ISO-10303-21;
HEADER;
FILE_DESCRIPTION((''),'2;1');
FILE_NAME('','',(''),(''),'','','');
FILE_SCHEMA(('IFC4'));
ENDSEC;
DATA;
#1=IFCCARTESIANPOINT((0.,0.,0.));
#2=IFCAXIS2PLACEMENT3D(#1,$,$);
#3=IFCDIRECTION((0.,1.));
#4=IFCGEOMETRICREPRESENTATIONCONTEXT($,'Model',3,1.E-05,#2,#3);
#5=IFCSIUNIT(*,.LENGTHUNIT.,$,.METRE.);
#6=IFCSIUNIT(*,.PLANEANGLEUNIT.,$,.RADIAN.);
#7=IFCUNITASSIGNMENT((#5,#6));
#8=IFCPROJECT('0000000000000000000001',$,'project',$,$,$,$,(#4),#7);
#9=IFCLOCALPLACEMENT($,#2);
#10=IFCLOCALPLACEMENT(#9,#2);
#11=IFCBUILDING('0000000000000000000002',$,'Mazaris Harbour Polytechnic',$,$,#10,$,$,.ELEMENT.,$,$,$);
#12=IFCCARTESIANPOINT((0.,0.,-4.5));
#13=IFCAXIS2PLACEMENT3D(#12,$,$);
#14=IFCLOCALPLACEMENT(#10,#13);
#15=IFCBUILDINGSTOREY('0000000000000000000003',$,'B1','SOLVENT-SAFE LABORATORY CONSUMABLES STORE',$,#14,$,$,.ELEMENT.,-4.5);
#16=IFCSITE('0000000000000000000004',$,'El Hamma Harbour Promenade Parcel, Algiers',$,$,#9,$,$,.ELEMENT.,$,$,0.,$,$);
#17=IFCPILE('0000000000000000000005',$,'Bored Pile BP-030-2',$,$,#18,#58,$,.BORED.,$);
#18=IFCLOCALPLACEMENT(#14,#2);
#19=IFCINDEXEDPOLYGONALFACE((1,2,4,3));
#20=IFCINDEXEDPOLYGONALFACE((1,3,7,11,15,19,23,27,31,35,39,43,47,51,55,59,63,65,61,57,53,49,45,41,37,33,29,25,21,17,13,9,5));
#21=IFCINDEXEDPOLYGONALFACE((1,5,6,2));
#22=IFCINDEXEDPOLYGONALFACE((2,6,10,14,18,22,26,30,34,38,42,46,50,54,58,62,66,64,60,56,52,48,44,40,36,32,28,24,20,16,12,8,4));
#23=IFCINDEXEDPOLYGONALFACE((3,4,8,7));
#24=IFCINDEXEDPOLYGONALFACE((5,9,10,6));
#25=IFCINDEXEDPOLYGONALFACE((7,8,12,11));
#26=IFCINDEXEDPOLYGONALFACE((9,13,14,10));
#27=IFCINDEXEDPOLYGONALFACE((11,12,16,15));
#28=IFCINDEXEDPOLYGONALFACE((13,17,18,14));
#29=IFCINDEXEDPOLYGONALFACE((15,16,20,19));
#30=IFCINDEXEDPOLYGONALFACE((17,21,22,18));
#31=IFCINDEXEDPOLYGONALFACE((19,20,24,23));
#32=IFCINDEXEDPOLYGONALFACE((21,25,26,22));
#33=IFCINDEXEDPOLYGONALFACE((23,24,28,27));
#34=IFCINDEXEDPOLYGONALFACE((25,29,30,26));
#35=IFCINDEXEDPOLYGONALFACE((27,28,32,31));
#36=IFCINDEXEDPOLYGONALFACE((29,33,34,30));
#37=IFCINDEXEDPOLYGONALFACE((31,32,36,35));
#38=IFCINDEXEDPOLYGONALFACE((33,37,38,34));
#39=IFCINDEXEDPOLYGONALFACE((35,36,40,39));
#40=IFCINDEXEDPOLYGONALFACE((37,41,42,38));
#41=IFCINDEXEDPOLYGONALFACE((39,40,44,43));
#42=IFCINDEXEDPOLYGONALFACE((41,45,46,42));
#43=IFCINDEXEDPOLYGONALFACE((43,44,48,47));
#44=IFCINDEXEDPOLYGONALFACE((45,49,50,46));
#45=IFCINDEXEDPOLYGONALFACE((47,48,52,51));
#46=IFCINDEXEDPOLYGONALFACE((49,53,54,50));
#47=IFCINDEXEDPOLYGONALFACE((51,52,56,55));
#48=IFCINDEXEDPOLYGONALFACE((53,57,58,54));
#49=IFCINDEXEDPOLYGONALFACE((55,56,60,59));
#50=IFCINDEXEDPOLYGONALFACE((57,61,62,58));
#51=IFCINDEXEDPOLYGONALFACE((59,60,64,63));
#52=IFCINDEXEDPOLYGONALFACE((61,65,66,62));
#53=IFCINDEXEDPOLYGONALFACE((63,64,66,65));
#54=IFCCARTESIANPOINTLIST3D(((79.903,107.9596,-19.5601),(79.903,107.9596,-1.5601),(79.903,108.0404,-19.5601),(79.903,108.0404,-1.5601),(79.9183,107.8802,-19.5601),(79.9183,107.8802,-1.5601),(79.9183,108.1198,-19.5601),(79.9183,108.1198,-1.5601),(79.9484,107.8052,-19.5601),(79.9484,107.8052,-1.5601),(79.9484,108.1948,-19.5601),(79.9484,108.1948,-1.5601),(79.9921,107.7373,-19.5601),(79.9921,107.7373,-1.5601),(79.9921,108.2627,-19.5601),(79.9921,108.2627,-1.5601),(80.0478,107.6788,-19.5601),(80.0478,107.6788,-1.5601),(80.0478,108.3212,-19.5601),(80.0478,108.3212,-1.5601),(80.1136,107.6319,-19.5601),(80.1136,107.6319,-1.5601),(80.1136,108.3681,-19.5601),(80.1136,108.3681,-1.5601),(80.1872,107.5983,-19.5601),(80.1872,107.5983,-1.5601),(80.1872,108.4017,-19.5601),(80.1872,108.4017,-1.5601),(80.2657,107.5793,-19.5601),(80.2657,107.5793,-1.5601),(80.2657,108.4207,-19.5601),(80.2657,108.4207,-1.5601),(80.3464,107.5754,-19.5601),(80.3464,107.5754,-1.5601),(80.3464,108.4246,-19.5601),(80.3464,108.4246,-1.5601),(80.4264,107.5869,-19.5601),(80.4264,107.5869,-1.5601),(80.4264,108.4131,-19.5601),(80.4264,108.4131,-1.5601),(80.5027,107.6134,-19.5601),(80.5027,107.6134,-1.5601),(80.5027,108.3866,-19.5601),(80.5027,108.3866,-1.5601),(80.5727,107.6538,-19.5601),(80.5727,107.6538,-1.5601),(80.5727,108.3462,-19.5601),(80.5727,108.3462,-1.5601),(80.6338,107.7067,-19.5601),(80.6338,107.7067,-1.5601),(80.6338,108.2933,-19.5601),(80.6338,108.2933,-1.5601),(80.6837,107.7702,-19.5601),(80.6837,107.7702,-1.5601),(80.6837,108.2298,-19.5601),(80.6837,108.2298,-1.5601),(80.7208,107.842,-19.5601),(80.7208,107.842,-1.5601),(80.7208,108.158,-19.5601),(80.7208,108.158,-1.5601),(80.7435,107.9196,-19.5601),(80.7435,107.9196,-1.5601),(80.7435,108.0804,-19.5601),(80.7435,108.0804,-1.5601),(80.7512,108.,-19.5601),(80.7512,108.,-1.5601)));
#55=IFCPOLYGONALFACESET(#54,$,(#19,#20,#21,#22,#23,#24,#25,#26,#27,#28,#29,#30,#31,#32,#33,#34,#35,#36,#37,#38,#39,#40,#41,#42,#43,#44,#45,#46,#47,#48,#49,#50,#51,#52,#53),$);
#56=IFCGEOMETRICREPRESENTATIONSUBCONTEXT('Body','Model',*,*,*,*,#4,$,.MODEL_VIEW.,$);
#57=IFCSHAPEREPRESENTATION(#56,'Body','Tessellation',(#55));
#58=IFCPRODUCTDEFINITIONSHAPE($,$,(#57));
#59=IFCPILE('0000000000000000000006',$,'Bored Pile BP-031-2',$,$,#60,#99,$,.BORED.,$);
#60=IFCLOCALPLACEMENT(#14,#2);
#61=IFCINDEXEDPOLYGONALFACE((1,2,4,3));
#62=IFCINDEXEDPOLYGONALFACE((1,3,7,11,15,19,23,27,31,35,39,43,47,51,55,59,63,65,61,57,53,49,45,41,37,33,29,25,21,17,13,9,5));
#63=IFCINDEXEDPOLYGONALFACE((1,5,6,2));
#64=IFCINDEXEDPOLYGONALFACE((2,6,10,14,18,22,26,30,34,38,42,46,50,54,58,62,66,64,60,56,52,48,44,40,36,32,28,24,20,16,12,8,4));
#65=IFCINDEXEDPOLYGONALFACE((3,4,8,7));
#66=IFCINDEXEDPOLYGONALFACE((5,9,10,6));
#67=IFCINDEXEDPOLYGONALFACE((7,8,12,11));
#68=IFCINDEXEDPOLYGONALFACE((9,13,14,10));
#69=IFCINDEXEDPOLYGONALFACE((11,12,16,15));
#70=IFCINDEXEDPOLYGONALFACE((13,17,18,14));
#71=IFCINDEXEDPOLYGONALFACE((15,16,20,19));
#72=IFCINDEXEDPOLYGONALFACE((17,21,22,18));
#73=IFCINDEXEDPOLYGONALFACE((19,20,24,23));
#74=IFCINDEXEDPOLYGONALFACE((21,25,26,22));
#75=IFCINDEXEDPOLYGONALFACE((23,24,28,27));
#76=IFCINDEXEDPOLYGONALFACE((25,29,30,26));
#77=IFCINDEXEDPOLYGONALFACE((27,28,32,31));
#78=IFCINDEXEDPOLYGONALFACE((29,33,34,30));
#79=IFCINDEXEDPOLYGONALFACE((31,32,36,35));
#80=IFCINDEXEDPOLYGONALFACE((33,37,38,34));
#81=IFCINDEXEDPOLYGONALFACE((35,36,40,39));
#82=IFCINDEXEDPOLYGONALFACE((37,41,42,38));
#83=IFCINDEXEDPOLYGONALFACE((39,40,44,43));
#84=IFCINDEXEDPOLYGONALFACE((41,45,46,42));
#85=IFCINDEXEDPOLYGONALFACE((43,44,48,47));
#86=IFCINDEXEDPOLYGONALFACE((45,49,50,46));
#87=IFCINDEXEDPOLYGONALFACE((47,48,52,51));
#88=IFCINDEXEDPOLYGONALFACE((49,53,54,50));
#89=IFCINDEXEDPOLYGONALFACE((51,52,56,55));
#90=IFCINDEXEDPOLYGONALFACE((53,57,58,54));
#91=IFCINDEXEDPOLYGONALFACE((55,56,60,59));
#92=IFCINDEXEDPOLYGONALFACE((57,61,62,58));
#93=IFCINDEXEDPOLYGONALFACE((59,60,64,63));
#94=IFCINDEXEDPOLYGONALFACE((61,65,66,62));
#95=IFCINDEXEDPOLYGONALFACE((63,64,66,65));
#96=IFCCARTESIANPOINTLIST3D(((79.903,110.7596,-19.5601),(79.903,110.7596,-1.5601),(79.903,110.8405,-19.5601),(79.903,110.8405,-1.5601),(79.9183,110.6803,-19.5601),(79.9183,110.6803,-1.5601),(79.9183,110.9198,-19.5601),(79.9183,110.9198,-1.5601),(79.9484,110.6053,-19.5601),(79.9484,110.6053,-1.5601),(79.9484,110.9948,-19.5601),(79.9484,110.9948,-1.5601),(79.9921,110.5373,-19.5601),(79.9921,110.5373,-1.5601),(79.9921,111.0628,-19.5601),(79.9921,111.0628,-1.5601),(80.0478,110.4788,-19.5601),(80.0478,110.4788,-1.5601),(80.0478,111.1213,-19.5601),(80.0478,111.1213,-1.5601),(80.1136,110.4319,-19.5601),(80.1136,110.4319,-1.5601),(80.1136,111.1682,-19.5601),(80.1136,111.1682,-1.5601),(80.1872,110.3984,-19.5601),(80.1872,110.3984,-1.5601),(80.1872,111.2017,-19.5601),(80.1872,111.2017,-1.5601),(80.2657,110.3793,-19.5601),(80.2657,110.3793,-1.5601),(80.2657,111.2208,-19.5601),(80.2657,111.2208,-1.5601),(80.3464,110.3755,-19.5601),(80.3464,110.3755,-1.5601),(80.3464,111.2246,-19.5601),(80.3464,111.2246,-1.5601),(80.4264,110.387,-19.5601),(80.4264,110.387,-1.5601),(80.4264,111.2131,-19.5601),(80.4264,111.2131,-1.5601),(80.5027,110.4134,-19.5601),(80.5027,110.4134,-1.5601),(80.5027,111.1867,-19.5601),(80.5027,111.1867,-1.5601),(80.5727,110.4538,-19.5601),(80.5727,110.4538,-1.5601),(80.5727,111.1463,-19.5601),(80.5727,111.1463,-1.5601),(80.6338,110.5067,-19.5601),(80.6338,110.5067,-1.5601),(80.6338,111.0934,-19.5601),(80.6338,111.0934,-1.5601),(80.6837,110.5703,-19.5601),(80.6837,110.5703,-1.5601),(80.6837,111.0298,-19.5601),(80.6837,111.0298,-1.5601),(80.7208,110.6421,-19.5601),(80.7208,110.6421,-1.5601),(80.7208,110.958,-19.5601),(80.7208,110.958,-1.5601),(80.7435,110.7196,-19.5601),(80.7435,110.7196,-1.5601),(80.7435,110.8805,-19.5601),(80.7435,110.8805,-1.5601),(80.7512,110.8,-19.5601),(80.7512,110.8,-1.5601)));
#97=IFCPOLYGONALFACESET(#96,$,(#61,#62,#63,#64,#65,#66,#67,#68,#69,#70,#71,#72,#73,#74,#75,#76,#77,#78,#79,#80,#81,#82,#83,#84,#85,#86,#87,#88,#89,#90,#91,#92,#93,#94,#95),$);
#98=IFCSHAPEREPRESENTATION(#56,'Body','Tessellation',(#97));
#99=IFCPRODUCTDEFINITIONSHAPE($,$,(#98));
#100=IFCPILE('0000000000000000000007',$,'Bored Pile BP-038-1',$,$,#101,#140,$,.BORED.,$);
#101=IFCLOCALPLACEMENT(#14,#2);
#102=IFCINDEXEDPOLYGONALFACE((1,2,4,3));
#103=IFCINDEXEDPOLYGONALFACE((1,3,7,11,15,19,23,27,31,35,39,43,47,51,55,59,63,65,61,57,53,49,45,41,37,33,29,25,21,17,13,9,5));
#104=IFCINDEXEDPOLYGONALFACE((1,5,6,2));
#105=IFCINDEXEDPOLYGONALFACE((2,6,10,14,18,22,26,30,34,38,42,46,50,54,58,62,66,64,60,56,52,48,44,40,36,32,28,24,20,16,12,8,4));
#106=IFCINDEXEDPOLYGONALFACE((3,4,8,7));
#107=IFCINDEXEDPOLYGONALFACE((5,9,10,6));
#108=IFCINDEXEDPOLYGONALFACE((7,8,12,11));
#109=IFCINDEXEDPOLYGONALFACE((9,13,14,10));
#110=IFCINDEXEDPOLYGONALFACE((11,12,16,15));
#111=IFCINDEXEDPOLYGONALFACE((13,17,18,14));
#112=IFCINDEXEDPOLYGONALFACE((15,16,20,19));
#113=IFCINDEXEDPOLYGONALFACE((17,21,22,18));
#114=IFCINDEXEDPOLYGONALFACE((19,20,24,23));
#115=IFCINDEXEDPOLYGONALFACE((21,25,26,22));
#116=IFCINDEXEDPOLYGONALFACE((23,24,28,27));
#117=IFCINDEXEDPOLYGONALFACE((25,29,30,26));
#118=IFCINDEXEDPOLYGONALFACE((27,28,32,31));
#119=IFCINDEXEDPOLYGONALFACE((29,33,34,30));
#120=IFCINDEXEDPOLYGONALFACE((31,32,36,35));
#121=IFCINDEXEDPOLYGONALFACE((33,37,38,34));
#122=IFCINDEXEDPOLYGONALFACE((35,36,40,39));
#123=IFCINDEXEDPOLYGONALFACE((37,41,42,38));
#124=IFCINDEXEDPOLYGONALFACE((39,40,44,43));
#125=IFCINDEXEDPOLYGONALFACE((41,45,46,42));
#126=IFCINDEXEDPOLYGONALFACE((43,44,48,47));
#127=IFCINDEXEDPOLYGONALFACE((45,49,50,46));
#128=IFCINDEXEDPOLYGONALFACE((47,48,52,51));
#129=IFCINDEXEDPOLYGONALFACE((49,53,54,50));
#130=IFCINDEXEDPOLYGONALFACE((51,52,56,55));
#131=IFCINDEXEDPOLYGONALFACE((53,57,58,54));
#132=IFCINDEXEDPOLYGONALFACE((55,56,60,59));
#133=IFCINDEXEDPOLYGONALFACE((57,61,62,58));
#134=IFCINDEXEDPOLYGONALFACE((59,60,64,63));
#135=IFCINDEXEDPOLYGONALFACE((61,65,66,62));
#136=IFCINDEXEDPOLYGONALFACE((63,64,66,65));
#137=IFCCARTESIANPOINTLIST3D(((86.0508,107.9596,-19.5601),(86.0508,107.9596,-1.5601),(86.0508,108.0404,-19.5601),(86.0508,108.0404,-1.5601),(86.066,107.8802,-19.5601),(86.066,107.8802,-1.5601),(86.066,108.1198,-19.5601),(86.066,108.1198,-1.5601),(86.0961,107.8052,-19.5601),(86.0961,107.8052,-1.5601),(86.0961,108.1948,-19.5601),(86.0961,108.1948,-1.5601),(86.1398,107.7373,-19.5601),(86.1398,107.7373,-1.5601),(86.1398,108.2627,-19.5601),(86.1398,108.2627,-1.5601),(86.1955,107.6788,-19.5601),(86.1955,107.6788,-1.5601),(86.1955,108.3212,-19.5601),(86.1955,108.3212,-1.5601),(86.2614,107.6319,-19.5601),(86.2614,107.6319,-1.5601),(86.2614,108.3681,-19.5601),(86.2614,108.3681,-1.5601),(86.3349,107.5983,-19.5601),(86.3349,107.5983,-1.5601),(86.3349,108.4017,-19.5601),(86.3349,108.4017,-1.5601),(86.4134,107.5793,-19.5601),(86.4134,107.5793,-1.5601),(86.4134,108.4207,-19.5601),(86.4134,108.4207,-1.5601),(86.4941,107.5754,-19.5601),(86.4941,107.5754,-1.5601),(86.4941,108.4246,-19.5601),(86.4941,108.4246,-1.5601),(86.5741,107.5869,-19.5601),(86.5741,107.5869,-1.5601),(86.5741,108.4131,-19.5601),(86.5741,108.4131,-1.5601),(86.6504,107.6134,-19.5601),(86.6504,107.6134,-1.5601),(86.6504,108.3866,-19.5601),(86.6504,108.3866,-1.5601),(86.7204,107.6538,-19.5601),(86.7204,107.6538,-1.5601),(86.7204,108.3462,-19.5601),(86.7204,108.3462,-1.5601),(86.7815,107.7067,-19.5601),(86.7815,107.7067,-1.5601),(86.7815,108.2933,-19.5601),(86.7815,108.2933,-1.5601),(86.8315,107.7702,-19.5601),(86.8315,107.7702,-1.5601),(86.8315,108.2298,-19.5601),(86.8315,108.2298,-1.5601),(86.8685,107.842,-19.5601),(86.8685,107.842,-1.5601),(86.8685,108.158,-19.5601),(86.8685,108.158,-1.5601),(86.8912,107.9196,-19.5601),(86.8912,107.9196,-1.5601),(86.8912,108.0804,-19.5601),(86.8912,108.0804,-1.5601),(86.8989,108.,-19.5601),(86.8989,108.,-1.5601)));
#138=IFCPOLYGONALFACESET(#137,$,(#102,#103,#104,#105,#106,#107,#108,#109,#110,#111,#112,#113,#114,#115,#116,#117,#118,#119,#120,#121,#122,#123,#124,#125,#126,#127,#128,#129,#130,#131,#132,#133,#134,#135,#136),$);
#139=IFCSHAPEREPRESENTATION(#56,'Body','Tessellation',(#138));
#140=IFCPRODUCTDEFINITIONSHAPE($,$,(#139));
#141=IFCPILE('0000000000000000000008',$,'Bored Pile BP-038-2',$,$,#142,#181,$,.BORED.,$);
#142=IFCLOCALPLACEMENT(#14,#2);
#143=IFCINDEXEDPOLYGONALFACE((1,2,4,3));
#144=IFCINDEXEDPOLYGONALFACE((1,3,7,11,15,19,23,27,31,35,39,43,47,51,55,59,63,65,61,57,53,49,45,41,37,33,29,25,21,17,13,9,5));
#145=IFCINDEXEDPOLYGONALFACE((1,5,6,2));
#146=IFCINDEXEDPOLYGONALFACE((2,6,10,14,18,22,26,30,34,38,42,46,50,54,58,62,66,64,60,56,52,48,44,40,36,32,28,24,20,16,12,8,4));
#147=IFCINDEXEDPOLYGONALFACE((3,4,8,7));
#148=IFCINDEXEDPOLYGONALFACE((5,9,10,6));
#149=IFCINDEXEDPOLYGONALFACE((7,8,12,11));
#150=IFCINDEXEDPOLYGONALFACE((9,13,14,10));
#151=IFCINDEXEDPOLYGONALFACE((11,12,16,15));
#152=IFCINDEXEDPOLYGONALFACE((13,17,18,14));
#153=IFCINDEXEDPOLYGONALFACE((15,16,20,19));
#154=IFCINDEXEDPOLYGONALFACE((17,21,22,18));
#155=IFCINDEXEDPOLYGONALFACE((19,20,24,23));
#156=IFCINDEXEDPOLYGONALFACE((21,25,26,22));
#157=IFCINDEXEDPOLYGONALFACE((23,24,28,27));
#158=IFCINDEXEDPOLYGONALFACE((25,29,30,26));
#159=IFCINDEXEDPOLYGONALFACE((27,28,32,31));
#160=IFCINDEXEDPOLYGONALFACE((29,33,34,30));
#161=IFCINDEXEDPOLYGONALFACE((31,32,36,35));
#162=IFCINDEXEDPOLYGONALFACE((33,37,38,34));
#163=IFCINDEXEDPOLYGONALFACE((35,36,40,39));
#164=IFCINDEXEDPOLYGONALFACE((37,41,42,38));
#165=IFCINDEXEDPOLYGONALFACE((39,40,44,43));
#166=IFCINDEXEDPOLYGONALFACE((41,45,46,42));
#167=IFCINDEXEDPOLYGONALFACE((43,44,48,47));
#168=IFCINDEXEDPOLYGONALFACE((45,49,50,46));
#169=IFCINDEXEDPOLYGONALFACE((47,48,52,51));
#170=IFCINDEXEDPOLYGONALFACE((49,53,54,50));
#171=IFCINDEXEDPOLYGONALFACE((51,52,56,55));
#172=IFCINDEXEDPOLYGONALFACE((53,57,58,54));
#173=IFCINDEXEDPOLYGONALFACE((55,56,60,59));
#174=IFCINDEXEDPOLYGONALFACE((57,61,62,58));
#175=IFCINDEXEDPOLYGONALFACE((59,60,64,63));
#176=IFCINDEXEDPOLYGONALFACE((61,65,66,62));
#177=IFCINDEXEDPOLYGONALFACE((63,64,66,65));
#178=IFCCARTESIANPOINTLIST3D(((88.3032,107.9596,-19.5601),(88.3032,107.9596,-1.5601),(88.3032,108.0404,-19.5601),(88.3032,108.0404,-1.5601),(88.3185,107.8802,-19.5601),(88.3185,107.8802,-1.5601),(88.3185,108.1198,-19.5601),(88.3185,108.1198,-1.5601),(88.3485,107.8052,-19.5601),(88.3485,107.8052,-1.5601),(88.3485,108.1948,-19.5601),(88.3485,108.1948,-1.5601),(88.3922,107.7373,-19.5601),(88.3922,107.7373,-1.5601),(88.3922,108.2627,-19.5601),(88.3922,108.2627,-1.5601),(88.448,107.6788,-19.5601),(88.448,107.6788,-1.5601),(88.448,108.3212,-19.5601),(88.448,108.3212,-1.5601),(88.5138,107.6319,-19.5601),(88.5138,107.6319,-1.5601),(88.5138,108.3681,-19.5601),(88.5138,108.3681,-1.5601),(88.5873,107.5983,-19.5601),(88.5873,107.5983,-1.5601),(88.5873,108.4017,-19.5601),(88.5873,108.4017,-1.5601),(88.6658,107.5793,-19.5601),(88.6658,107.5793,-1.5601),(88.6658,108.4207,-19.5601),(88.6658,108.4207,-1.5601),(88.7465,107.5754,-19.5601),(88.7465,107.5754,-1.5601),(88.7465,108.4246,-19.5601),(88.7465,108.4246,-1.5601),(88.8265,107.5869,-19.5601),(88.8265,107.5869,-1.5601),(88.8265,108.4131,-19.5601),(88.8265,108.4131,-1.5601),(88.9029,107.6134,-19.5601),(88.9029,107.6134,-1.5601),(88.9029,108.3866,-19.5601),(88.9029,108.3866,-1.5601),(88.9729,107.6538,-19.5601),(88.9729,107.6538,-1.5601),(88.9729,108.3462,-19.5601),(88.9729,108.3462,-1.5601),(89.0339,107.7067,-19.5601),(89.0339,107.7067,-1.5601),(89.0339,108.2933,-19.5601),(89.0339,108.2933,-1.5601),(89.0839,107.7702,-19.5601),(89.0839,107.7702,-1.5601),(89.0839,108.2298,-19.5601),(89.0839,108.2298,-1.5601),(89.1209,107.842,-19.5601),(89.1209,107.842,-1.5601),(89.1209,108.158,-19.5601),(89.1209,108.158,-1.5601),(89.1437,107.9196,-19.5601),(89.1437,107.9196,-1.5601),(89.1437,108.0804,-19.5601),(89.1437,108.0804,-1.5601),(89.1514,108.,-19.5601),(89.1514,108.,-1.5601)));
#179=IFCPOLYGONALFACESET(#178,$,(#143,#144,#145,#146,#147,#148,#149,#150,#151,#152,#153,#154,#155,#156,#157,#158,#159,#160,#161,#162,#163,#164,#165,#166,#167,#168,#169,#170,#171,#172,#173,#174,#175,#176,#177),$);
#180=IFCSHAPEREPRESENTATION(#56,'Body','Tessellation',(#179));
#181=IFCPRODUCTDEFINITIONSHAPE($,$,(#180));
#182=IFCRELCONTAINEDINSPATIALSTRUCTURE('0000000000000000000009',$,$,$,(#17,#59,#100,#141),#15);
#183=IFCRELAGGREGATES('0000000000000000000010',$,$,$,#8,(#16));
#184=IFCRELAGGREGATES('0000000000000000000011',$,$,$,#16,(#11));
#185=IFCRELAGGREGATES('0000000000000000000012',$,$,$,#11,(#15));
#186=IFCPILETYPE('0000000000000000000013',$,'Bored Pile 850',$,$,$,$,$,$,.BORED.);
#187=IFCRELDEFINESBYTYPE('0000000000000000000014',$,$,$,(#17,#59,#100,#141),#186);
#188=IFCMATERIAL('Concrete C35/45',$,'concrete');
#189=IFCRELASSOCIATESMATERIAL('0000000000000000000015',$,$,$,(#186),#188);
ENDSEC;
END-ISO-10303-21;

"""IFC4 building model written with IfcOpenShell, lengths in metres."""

from ifc_helpers import new_model, si_unit, direction, frame, origin, origin_2d, place, context, subcontext, project, spatial, circle, extrude, material, material_profile, profile_set, type_object, element, save


model = new_model("IFC4")

# Units and contexts
model_context = context("Model", 3, precision=1e-05, world=origin(), true_north=direction((0.0, 1.0)))
body_context = subcontext(model_context, "Body", "Model", "MODEL_VIEW")
ifc_project = project(units=[si_unit("LENGTHUNIT", "METRE"), si_unit("PLANEANGLEUNIT", "RADIAN")], contexts=[model_context])

# Site, building, storey
site_placement = place(None, origin())
site = spatial("IfcSite", under=ifc_project, at=site_placement, Name="El Hamma Harbour Promenade Parcel, Algiers", CompositionType="ELEMENT", RefElevation=0.0)
building_placement = place(site_placement, origin())
building = spatial("IfcBuilding", under=site, at=building_placement, Name="Mazaris Harbour Polytechnic", CompositionType="ELEMENT")
storey_placement = place(building_placement, frame((0.0, 0.0, -4.5)))
storey = spatial("IfcBuildingStorey", under=building, at=storey_placement, Name="B1", Description="SOLVENT-SAFE LABORATORY CONSUMABLES STORE", CompositionType="ELEMENT", Elevation=-4.5)

# Piles
ifc_material_1 = material(Name="Concrete C35/45", Category="concrete")
ifc_material_profile_1 = material_profile(ifc_material_1, circle(Radius=0.425, at=origin_2d()), Name="DIA850")
ifc_profile_set_1 = profile_set([ifc_material_profile_1], Name="Concrete C35/45")
pile_type_1 = type_object("IfcPileType", Name="Bored Pile 850", PredefinedType="BORED", material=ifc_profile_set_1)
for number, where, z_axis, x_axis, name in (
    (1, (80.3262, 108.0, -1.5601), (0.0, 0.0, -1.0), (1.0, 0.0, 0.0), "Bored Pile BP-030-2"),
    (2, (80.3262, 110.8, -1.5601), (0.0, 0.0, -1.0), (1.0, 0.0, 0.0), "Bored Pile BP-031-2"),
    (3, (86.4739, 108.0, -1.5601), (0.0, 0.0, -1.0), (1.0, 0.0, 0.0), "Bored Pile BP-038-1"),
    (4, (88.7263, 108.0, -1.5601), (0.0, 0.0, -1.0), (1.0, 0.0, 0.0), "Bored Pile BP-038-2"),
):
    element("IfcPile", number, at=place(storey_placement, frame(where, z_axis=z_axis, x_axis=x_axis)), inside=storey, type_object=pile_type_1, Name=name, PredefinedType="BORED", context=body_context, shape_type="SweptSolid", body=[
        extrude(circle(Radius=0.425, at=origin_2d()), origin(), (0.0, 0.0, 1.0), 18.0),
    ])

save(model, "model.ifc")
